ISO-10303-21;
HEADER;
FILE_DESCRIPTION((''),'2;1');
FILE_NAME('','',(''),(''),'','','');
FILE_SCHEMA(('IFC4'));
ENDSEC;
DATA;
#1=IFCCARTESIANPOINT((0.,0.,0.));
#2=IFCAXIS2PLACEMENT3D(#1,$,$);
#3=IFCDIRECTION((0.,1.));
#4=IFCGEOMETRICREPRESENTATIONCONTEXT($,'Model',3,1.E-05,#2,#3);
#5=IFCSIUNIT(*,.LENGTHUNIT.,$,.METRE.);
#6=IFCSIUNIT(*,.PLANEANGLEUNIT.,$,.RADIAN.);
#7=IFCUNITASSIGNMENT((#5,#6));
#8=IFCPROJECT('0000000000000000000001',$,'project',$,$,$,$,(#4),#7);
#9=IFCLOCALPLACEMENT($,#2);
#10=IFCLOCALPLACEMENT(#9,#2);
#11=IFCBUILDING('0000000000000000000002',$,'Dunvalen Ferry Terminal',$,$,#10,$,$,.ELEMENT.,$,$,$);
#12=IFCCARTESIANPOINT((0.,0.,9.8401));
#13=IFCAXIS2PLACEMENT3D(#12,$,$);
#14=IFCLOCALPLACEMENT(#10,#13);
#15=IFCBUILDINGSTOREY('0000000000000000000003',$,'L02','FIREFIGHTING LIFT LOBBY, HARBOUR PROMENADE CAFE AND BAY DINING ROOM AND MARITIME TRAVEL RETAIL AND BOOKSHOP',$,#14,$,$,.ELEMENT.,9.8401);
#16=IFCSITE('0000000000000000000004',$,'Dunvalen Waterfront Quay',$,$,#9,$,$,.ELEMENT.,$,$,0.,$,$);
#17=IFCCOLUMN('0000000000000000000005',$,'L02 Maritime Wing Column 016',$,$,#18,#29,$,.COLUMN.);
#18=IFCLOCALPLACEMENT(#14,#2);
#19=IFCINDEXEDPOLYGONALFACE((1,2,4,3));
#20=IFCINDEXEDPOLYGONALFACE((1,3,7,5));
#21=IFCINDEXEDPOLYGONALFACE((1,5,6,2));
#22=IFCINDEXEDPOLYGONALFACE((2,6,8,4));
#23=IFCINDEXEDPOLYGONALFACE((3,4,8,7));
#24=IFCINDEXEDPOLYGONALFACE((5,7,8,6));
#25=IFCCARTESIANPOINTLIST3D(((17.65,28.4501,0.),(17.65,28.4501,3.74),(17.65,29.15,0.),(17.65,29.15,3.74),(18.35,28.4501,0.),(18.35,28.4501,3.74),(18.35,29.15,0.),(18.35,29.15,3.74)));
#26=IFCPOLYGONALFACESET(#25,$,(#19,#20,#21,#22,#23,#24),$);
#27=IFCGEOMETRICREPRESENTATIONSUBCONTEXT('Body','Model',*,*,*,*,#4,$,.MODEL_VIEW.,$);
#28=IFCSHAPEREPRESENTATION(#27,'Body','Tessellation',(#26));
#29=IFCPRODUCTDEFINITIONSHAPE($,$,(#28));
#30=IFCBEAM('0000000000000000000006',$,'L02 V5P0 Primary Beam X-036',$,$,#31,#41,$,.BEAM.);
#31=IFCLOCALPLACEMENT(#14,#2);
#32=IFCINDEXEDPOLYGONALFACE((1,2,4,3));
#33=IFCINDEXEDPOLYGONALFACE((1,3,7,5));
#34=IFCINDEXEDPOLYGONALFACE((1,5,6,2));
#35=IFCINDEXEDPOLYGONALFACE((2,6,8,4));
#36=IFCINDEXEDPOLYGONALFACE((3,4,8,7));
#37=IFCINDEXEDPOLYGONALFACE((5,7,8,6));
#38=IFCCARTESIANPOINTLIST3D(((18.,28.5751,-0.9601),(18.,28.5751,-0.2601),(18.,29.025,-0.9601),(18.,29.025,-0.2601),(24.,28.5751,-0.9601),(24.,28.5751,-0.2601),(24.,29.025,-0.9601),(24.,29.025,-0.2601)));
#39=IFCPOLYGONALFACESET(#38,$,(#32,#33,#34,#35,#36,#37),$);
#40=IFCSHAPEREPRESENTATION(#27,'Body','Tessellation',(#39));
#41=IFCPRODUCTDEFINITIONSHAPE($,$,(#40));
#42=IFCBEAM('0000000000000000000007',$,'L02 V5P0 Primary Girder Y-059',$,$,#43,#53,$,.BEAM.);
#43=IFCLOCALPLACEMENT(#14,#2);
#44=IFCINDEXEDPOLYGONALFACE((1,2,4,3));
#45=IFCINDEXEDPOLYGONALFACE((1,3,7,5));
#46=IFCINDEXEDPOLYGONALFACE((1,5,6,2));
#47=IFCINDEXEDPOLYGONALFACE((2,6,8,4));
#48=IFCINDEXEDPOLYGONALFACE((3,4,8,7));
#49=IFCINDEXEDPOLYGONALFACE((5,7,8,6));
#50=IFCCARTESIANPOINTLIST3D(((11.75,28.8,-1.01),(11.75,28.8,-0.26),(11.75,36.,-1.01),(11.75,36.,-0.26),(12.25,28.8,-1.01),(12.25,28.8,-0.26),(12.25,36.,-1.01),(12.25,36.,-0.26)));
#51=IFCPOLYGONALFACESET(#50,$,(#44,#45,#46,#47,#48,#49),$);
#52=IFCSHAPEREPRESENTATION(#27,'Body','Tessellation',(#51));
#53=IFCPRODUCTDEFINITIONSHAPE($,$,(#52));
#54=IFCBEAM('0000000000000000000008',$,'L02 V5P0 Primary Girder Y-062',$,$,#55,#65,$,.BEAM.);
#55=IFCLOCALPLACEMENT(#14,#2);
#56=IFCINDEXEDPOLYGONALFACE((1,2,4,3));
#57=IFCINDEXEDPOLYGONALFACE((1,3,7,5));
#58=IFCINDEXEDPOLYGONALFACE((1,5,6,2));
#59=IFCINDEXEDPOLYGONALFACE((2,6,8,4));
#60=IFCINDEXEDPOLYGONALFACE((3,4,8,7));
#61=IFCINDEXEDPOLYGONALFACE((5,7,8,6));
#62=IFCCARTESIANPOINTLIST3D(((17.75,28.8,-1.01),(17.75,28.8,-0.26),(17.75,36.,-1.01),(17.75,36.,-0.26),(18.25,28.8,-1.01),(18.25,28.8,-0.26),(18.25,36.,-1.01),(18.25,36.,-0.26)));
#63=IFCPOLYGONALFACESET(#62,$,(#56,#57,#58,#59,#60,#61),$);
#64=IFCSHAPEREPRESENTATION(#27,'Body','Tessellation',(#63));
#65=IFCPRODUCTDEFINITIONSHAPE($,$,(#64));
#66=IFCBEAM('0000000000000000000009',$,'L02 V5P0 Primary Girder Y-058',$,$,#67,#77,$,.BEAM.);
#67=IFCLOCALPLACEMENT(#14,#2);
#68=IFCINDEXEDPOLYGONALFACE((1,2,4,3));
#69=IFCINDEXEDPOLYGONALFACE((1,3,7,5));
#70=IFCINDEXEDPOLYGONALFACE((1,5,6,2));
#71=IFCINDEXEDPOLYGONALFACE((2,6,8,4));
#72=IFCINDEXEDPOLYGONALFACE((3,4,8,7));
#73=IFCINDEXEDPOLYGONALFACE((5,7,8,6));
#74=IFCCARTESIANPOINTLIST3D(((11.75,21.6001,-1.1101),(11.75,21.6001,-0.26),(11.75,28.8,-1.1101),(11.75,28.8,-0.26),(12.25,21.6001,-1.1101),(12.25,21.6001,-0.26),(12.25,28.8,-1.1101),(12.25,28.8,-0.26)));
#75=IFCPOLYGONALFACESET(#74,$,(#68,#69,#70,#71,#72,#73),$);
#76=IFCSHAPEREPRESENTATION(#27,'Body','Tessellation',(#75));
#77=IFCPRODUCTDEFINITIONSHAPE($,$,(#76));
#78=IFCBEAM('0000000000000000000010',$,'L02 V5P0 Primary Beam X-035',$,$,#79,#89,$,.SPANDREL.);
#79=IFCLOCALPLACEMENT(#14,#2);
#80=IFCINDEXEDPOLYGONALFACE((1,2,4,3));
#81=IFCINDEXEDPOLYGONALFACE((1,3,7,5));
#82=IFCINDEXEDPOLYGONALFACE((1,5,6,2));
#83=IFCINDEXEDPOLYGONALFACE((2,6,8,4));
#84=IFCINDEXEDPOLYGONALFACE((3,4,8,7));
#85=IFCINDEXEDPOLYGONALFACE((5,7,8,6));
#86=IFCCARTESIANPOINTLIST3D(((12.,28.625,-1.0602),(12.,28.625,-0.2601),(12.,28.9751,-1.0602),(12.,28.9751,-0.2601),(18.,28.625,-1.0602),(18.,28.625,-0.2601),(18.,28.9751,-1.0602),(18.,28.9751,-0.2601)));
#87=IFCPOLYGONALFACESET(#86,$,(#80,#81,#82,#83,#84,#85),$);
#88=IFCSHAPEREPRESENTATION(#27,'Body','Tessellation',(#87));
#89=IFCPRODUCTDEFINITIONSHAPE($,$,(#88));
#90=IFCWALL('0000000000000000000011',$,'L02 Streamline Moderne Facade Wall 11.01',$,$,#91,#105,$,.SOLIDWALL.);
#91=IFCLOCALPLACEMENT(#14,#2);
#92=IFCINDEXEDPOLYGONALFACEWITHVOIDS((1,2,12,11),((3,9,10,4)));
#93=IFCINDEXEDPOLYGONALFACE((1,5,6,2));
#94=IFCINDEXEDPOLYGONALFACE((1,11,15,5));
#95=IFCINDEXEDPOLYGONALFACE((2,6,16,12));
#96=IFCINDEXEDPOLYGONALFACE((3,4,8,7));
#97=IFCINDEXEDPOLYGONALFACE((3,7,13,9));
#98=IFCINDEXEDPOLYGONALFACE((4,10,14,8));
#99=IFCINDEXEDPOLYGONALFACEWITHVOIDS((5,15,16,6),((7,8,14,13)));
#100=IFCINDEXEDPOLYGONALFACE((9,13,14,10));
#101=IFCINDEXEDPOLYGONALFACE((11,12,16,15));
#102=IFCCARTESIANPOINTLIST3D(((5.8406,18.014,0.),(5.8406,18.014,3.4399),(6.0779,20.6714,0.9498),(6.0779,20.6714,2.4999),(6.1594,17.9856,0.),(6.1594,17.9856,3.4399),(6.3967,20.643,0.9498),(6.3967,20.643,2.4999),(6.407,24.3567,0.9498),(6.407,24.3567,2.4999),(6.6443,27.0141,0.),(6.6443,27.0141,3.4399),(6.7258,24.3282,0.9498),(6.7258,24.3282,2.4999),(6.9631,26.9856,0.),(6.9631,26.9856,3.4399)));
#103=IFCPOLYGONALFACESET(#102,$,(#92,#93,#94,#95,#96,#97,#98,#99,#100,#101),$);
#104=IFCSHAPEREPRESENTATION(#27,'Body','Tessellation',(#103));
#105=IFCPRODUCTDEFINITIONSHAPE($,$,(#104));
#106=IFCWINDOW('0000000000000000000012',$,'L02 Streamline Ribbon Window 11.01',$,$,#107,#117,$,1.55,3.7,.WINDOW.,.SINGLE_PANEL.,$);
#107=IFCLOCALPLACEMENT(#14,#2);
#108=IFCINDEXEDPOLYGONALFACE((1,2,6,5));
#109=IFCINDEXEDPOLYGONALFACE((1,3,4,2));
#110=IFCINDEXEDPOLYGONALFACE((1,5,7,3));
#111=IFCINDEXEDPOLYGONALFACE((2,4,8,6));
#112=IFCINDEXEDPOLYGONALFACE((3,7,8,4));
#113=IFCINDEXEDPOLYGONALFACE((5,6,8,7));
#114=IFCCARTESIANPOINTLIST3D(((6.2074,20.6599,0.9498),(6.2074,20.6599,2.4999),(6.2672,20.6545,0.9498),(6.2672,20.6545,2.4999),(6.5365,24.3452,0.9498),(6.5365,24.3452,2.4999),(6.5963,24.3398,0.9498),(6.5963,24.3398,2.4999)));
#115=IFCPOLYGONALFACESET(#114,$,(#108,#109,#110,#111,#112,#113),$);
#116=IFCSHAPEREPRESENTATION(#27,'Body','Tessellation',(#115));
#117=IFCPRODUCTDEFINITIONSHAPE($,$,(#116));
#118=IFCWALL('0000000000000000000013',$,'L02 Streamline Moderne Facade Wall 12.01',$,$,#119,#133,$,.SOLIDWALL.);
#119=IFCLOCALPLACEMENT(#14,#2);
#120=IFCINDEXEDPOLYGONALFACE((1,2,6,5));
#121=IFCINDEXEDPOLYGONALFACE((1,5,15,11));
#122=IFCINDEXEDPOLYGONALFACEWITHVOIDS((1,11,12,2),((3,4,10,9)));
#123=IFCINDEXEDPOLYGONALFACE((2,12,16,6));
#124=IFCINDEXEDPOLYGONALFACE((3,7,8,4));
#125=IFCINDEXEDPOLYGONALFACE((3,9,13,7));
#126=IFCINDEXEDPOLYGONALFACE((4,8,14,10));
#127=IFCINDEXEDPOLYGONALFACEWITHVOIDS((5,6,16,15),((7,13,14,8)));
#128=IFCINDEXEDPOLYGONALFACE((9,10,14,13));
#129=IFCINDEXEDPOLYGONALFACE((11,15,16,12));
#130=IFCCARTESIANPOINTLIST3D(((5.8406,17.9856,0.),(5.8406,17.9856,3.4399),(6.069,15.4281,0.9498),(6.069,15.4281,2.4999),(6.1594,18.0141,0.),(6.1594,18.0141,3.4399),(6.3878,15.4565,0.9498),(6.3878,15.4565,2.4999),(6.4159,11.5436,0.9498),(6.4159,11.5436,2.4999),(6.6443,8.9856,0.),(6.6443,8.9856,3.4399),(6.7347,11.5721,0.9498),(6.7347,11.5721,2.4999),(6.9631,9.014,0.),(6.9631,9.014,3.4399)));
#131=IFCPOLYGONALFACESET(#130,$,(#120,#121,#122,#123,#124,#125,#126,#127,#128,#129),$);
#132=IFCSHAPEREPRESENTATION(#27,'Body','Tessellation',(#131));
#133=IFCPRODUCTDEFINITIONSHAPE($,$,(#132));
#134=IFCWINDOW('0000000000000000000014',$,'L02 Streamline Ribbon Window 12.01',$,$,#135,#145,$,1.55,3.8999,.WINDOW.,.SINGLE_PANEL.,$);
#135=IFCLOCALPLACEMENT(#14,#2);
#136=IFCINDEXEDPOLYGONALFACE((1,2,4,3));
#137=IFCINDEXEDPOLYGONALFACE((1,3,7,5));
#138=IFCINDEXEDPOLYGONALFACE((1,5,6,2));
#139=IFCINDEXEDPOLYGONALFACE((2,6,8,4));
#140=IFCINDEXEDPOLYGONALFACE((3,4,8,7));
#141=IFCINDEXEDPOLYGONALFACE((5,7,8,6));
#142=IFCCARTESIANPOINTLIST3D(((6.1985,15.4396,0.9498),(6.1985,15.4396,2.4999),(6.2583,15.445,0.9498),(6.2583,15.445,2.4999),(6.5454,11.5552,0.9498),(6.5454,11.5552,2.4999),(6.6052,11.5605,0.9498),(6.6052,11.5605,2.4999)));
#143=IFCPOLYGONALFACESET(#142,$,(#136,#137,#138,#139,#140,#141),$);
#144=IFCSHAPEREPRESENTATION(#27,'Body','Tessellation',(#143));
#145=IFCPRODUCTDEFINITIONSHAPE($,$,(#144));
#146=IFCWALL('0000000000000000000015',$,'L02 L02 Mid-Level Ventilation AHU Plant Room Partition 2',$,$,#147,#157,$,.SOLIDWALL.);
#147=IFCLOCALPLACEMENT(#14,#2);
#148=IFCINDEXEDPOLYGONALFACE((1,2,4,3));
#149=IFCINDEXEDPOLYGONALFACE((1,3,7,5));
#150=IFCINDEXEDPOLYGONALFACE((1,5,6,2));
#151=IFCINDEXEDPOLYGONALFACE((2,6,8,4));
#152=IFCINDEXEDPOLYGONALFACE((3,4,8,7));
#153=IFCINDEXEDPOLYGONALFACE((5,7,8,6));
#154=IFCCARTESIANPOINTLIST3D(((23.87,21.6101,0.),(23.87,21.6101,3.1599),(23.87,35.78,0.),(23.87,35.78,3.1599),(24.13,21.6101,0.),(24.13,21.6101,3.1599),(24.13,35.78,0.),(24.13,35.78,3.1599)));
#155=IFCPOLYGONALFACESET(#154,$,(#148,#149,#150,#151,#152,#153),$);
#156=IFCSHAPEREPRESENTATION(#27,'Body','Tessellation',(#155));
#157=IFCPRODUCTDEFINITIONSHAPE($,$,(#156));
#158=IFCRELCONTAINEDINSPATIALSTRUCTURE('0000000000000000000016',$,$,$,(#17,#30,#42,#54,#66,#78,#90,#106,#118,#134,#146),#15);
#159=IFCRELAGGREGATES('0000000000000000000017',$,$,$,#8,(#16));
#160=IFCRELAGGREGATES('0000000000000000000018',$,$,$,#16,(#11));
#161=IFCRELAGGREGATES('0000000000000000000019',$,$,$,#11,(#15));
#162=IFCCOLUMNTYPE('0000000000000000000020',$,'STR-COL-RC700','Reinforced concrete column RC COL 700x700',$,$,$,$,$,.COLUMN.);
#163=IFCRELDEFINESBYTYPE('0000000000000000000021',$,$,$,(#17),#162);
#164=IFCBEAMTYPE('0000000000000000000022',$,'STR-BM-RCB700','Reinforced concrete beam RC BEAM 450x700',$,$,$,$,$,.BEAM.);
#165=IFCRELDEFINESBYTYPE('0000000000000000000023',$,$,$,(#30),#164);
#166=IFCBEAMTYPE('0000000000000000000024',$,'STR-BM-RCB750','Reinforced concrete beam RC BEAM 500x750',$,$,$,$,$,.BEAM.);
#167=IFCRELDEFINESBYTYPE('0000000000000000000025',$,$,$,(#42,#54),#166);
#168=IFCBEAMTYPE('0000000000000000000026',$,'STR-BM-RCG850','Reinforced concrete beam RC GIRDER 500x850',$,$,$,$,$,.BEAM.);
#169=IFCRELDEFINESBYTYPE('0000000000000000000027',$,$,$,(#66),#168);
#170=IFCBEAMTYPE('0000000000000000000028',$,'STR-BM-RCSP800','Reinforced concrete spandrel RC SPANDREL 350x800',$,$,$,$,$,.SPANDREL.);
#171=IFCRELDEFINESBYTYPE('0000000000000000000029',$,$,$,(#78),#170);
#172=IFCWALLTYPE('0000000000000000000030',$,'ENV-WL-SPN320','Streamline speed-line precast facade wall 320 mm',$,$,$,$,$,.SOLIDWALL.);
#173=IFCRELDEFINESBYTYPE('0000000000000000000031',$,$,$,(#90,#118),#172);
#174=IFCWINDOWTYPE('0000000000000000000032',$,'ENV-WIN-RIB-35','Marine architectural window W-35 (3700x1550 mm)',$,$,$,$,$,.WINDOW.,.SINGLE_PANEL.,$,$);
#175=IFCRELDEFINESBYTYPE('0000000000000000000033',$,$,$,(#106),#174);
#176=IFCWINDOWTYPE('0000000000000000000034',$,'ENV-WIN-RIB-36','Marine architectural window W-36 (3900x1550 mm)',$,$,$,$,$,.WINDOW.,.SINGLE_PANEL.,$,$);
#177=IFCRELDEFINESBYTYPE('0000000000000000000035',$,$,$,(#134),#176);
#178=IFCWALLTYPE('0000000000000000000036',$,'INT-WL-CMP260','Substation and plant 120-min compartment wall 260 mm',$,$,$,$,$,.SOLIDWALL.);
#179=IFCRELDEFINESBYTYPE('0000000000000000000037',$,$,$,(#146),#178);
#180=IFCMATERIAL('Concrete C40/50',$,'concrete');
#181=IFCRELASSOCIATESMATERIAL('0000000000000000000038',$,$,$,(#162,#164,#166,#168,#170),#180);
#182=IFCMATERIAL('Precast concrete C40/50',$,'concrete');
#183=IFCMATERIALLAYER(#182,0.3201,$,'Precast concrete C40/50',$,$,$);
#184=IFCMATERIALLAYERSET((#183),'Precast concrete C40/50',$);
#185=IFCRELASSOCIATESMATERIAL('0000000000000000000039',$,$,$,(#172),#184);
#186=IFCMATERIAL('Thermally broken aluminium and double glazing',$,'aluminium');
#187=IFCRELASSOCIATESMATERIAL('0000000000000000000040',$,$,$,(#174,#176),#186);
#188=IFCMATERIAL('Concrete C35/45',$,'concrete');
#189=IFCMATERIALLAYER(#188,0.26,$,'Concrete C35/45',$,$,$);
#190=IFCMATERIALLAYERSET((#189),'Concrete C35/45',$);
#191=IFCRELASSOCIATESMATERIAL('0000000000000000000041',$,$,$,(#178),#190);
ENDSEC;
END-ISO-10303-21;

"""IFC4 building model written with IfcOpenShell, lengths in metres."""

from ifc_helpers import new_model, si_unit, direction, frame, frame_2d, origin, origin_2d, place, context, subcontext, project, spatial, rectangle, extrude, material, layer, layer_set, material_profile, profile_set, type_object, element, fill, save


model = new_model("IFC4")

# Units and contexts
model_context = context("Model", 3, precision=1e-05, world=origin(), true_north=direction((0.0, 1.0)))
body_context = subcontext(model_context, "Body", "Model", "MODEL_VIEW")
ifc_project = project(units=[si_unit("LENGTHUNIT", "METRE"), si_unit("PLANEANGLEUNIT", "RADIAN")], contexts=[model_context])

# Site, building, storey
site_placement = place(None, origin())
site = spatial("IfcSite", under=ifc_project, at=site_placement, Name="Dunvalen Waterfront Quay", CompositionType="ELEMENT", RefElevation=0.0)
building_placement = place(site_placement, origin())
building = spatial("IfcBuilding", under=site, at=building_placement, Name="Dunvalen Ferry Terminal", CompositionType="ELEMENT")
storey_placement = place(building_placement, frame((0.0, 0.0, 9.8401)))
storey = spatial("IfcBuildingStorey", under=building, at=storey_placement, Name="L02", Description="FIREFIGHTING LIFT LOBBY, HARBOUR PROMENADE CAFE AND BAY DINING ROOM AND MARITIME TRAVEL RETAIL AND BOOKSHOP", CompositionType="ELEMENT", Elevation=9.8401)

# Column
ifc_material_1 = material(Name="Concrete C40/50", Category="concrete")
ifc_material_profile_1 = material_profile(ifc_material_1, rectangle(XDim=0.7, YDim=0.7, at=origin_2d()), Name="Concrete C40/50")
ifc_profile_set_1 = profile_set([ifc_material_profile_1], Name="Concrete C40/50")
column_type = type_object("IfcColumnType", Name="STR-COL-RC700", Description="Reinforced concrete column RC COL 700x700", PredefinedType="COLUMN", material=ifc_profile_set_1)
column_placement = place(storey_placement, frame((18.0, 28.8, 0.0), z_axis=(0.0, 0.0, 1.0), x_axis=(1.0, 0.0, 0.0)))
element("IfcColumn", 1, at=column_placement, inside=storey, type_object=column_type, Name="L02 Maritime Wing Column 016", PredefinedType="COLUMN", context=body_context, shape_type="SweptSolid", body=[
    extrude(rectangle(XDim=0.7, YDim=0.7, at=origin_2d()), origin(), (0.0, 0.0, 1.0), 3.74),
])

# Beams
ifc_material_profile_2 = material_profile(ifc_material_1, rectangle(XDim=0.45, YDim=0.7, at=origin_2d()), Name="Concrete C40/50")
ifc_profile_set_2 = profile_set([ifc_material_profile_2], Name="Concrete C40/50")
beam_type_1 = type_object("IfcBeamType", Name="STR-BM-RCB700", Description="Reinforced concrete beam RC BEAM 450x700", PredefinedType="BEAM", material=ifc_profile_set_2)
beam_1_placement = place(storey_placement, frame((18.0, 28.8, -0.6101), z_axis=(1.0, 0.0, 0.0), x_axis=(0.0, 1.0, 0.0)))
element("IfcBeam", 2, at=beam_1_placement, inside=storey, type_object=beam_type_1, Name="L02 V5P0 Primary Beam X-036", PredefinedType="BEAM", context=body_context, shape_type="SweptSolid", body=[
    extrude(rectangle(XDim=0.45, YDim=0.7, at=origin_2d()), origin(), (0.0, 0.0, 1.0), 6.0),
])
ifc_material_profile_3 = material_profile(ifc_material_1, rectangle(XDim=0.5, YDim=0.75, at=origin_2d()), Name="Concrete C40/50")
ifc_profile_set_3 = profile_set([ifc_material_profile_3], Name="Concrete C40/50")
beam_type_2 = type_object("IfcBeamType", Name="STR-BM-RCB750", Description="Reinforced concrete beam RC BEAM 500x750", PredefinedType="BEAM", material=ifc_profile_set_3)
for number, where, z_axis, x_axis, name in (
    (3, (12.0, 28.8, -0.635), (0.0, 1.0, 0.0), (-1.0, 0.0, 0.0), "L02 V5P0 Primary Girder Y-059"),
    (4, (18.0, 28.8, -0.635), (0.0, 1.0, 0.0), (-1.0, 0.0, 0.0), "L02 V5P0 Primary Girder Y-062"),
):
    element("IfcBeam", number, at=place(storey_placement, frame(where, z_axis=z_axis, x_axis=x_axis)), inside=storey, type_object=beam_type_2, Name=name, PredefinedType="BEAM", context=body_context, shape_type="SweptSolid", body=[
        extrude(rectangle(XDim=0.5, YDim=0.75, at=origin_2d()), origin(), (0.0, 0.0, 1.0), 7.2),
    ])
ifc_material_profile_4 = material_profile(ifc_material_1, rectangle(XDim=0.5, YDim=0.8501, at=origin_2d()), Name="Concrete C40/50")
ifc_profile_set_4 = profile_set([ifc_material_profile_4], Name="Concrete C40/50")
beam_type_3 = type_object("IfcBeamType", Name="STR-BM-RCG850", Description="Reinforced concrete beam RC GIRDER 500x850", PredefinedType="BEAM", material=ifc_profile_set_4)
beam_2_placement = place(storey_placement, frame((12.0, 21.6001, -0.6851), z_axis=(0.0, 1.0, 0.0), x_axis=(-1.0, 0.0, 0.0)))
element("IfcBeam", 5, at=beam_2_placement, inside=storey, type_object=beam_type_3, Name="L02 V5P0 Primary Girder Y-058", PredefinedType="BEAM", context=body_context, shape_type="SweptSolid", body=[
    extrude(rectangle(XDim=0.5, YDim=0.8501, at=origin_2d()), origin(), (0.0, 0.0, 1.0), 7.2),
])
ifc_material_profile_5 = material_profile(ifc_material_1, rectangle(XDim=0.3501, YDim=0.8, at=origin_2d()), Name="Concrete C40/50")
ifc_profile_set_5 = profile_set([ifc_material_profile_5], Name="Concrete C40/50")
beam_type_4 = type_object("IfcBeamType", Name="STR-BM-RCSP800", Description="Reinforced concrete spandrel RC SPANDREL 350x800", PredefinedType="SPANDREL", material=ifc_profile_set_5)
beam_3_placement = place(storey_placement, frame((12.0, 28.8, -0.6602), z_axis=(1.0, 0.0, 0.0), x_axis=(0.0, 1.0, 0.0)))
element("IfcBeam", 6, at=beam_3_placement, inside=storey, type_object=beam_type_4, Name="L02 V5P0 Primary Beam X-035", PredefinedType="SPANDREL", context=body_context, shape_type="SweptSolid", body=[
    extrude(rectangle(XDim=0.3501, YDim=0.8, at=origin_2d()), origin(), (0.0, 0.0, 1.0), 6.0),
])

# Walls, openings, windows
ifc_material_2 = material(Name="Precast concrete C40/50", Category="concrete")
ifc_layer_1 = layer(ifc_material_2, 0.3201, Name="Precast concrete C40/50")
ifc_layer_set_1 = layer_set([ifc_layer_1], Name="Precast concrete C40/50")
wall_type_1 = type_object("IfcWallType", Name="ENV-WL-SPN320", Description="Streamline speed-line precast facade wall 320 mm", PredefinedType="SOLIDWALL", material=ifc_layer_set_1)
wall_1_placement = place(storey_placement, frame((6.8037, 27.0, 0.0), z_axis=(0.0, 0.0, 1.0), x_axis=(-0.088947, -0.996036, 0.0)))
wall_1 = element("IfcWall", 7, at=wall_1_placement, inside=storey, type_object=wall_type_1, Name="L02 Streamline Moderne Facade Wall 11.01", PredefinedType="SOLIDWALL", context=body_context, shape_type="SweptSolid", body=[
    extrude(rectangle(XDim=9.0359, YDim=0.3201, at=frame_2d((4.5181, 0.0))), origin(), (0.0, 0.0, 1.0), 3.4399),
])
opening_1_placement = place(wall_1_placement, frame((2.668, 0.0, 0.95)))
opening_1 = element("IfcOpeningElement", 8, at=opening_1_placement, cuts=wall_1, PredefinedType="OPENING", context=body_context, shape_type="SweptSolid", body=[
    extrude(rectangle(XDim=3.7, YDim=1.55, at=frame_2d((1.8501, 0.7749))), frame((0.0, 0.1699, 0.0), z_axis=(0.0, -1.0, 0.0), x_axis=(1.0, 0.0, 0.0)), (0.0, 0.0, 1.0), 0.3401),
])
ifc_material_3 = material(Name="Thermally broken aluminium and double glazing", Category="aluminium")
window_type_1 = type_object("IfcWindowType", Name="ENV-WIN-RIB-35", Description="Marine architectural window W-35 (3700x1550 mm)", PartitioningType="SINGLE_PANEL", PredefinedType="WINDOW", material=ifc_material_3)
window_1_placement = place(opening_1_placement, origin())
window_1 = element("IfcWindow", 9, at=window_1_placement, inside=storey, type_object=window_type_1, Name="L02 Streamline Ribbon Window 11.01", OverallHeight=1.55, OverallWidth=3.7, PartitioningType="SINGLE_PANEL", PredefinedType="WINDOW", context=body_context, shape_type="SweptSolid", body=[
    extrude(rectangle(XDim=3.7, YDim=1.55, at=frame_2d((1.8501, 0.7749))), frame((0.0, 0.03, 0.0), z_axis=(0.0, -1.0, 0.0), x_axis=(1.0, 0.0, 0.0)), (0.0, 0.0, 1.0), 0.0601),
])
fill(opening_1, window_1)
wall_2_placement = place(storey_placement, frame((6.0, 18.0, 0.0), z_axis=(0.0, 0.0, 1.0), x_axis=(0.088947, -0.996036, 0.0)))
wall_2 = element("IfcWall", 10, at=wall_2_placement, inside=storey, type_object=wall_type_1, Name="L02 Streamline Moderne Facade Wall 12.01", PredefinedType="SOLIDWALL", context=body_context, shape_type="SweptSolid", body=[
    extrude(rectangle(XDim=9.0359, YDim=0.3201, at=frame_2d((4.5181, 0.0))), origin(), (0.0, 0.0, 1.0), 3.4399),
])
opening_2_placement = place(wall_2_placement, frame((2.5679, 0.0, 0.95)))
opening_2 = element("IfcOpeningElement", 11, at=opening_2_placement, cuts=wall_2, PredefinedType="OPENING", context=body_context, shape_type="SweptSolid", body=[
    extrude(rectangle(XDim=3.8999, YDim=1.55, at=frame_2d((1.95, 0.7749))), frame((0.0, 0.1699, 0.0), z_axis=(0.0, -1.0, 0.0), x_axis=(1.0, 0.0, 0.0)), (0.0, 0.0, 1.0), 0.3401),
])
window_type_2 = type_object("IfcWindowType", Name="ENV-WIN-RIB-36", Description="Marine architectural window W-36 (3900x1550 mm)", PartitioningType="SINGLE_PANEL", PredefinedType="WINDOW", material=ifc_material_3)
window_2_placement = place(opening_2_placement, origin())
window_2 = element("IfcWindow", 12, at=window_2_placement, inside=storey, type_object=window_type_2, Name="L02 Streamline Ribbon Window 12.01", OverallHeight=1.55, OverallWidth=3.8999, PartitioningType="SINGLE_PANEL", PredefinedType="WINDOW", context=body_context, shape_type="SweptSolid", body=[
    extrude(rectangle(XDim=3.8999, YDim=1.55, at=frame_2d((1.95, 0.7749))), frame((0.0, 0.03, 0.0), z_axis=(0.0, -1.0, 0.0), x_axis=(1.0, 0.0, 0.0)), (0.0, 0.0, 1.0), 0.0601),
])
fill(opening_2, window_2)

# Wall
ifc_material_4 = material(Name="Concrete C35/45", Category="concrete")
ifc_layer_2 = layer(ifc_material_4, 0.26, Name="Concrete C35/45")
ifc_layer_set_2 = layer_set([ifc_layer_2], Name="Concrete C35/45")
wall_type_2 = type_object("IfcWallType", Name="INT-WL-CMP260", Description="Substation and plant 120-min compartment wall 260 mm", PredefinedType="SOLIDWALL", material=ifc_layer_set_2)
wall_3_placement = place(storey_placement, frame((24.0, 21.6101, 0.0), z_axis=(0.0, 0.0, 1.0), x_axis=(0.0, 1.0, 0.0)))
element("IfcWall", 13, at=wall_3_placement, inside=storey, type_object=wall_type_2, Name="L02 L02 Mid-Level Ventilation AHU Plant Room Partition 2", PredefinedType="SOLIDWALL", context=body_context, shape_type="SweptSolid", body=[
    extrude(rectangle(XDim=14.1699, YDim=0.26, at=frame_2d((7.085, 0.0))), origin(), (0.0, 0.0, 1.0), 3.1599),
])

save(model, "model.ifc")
